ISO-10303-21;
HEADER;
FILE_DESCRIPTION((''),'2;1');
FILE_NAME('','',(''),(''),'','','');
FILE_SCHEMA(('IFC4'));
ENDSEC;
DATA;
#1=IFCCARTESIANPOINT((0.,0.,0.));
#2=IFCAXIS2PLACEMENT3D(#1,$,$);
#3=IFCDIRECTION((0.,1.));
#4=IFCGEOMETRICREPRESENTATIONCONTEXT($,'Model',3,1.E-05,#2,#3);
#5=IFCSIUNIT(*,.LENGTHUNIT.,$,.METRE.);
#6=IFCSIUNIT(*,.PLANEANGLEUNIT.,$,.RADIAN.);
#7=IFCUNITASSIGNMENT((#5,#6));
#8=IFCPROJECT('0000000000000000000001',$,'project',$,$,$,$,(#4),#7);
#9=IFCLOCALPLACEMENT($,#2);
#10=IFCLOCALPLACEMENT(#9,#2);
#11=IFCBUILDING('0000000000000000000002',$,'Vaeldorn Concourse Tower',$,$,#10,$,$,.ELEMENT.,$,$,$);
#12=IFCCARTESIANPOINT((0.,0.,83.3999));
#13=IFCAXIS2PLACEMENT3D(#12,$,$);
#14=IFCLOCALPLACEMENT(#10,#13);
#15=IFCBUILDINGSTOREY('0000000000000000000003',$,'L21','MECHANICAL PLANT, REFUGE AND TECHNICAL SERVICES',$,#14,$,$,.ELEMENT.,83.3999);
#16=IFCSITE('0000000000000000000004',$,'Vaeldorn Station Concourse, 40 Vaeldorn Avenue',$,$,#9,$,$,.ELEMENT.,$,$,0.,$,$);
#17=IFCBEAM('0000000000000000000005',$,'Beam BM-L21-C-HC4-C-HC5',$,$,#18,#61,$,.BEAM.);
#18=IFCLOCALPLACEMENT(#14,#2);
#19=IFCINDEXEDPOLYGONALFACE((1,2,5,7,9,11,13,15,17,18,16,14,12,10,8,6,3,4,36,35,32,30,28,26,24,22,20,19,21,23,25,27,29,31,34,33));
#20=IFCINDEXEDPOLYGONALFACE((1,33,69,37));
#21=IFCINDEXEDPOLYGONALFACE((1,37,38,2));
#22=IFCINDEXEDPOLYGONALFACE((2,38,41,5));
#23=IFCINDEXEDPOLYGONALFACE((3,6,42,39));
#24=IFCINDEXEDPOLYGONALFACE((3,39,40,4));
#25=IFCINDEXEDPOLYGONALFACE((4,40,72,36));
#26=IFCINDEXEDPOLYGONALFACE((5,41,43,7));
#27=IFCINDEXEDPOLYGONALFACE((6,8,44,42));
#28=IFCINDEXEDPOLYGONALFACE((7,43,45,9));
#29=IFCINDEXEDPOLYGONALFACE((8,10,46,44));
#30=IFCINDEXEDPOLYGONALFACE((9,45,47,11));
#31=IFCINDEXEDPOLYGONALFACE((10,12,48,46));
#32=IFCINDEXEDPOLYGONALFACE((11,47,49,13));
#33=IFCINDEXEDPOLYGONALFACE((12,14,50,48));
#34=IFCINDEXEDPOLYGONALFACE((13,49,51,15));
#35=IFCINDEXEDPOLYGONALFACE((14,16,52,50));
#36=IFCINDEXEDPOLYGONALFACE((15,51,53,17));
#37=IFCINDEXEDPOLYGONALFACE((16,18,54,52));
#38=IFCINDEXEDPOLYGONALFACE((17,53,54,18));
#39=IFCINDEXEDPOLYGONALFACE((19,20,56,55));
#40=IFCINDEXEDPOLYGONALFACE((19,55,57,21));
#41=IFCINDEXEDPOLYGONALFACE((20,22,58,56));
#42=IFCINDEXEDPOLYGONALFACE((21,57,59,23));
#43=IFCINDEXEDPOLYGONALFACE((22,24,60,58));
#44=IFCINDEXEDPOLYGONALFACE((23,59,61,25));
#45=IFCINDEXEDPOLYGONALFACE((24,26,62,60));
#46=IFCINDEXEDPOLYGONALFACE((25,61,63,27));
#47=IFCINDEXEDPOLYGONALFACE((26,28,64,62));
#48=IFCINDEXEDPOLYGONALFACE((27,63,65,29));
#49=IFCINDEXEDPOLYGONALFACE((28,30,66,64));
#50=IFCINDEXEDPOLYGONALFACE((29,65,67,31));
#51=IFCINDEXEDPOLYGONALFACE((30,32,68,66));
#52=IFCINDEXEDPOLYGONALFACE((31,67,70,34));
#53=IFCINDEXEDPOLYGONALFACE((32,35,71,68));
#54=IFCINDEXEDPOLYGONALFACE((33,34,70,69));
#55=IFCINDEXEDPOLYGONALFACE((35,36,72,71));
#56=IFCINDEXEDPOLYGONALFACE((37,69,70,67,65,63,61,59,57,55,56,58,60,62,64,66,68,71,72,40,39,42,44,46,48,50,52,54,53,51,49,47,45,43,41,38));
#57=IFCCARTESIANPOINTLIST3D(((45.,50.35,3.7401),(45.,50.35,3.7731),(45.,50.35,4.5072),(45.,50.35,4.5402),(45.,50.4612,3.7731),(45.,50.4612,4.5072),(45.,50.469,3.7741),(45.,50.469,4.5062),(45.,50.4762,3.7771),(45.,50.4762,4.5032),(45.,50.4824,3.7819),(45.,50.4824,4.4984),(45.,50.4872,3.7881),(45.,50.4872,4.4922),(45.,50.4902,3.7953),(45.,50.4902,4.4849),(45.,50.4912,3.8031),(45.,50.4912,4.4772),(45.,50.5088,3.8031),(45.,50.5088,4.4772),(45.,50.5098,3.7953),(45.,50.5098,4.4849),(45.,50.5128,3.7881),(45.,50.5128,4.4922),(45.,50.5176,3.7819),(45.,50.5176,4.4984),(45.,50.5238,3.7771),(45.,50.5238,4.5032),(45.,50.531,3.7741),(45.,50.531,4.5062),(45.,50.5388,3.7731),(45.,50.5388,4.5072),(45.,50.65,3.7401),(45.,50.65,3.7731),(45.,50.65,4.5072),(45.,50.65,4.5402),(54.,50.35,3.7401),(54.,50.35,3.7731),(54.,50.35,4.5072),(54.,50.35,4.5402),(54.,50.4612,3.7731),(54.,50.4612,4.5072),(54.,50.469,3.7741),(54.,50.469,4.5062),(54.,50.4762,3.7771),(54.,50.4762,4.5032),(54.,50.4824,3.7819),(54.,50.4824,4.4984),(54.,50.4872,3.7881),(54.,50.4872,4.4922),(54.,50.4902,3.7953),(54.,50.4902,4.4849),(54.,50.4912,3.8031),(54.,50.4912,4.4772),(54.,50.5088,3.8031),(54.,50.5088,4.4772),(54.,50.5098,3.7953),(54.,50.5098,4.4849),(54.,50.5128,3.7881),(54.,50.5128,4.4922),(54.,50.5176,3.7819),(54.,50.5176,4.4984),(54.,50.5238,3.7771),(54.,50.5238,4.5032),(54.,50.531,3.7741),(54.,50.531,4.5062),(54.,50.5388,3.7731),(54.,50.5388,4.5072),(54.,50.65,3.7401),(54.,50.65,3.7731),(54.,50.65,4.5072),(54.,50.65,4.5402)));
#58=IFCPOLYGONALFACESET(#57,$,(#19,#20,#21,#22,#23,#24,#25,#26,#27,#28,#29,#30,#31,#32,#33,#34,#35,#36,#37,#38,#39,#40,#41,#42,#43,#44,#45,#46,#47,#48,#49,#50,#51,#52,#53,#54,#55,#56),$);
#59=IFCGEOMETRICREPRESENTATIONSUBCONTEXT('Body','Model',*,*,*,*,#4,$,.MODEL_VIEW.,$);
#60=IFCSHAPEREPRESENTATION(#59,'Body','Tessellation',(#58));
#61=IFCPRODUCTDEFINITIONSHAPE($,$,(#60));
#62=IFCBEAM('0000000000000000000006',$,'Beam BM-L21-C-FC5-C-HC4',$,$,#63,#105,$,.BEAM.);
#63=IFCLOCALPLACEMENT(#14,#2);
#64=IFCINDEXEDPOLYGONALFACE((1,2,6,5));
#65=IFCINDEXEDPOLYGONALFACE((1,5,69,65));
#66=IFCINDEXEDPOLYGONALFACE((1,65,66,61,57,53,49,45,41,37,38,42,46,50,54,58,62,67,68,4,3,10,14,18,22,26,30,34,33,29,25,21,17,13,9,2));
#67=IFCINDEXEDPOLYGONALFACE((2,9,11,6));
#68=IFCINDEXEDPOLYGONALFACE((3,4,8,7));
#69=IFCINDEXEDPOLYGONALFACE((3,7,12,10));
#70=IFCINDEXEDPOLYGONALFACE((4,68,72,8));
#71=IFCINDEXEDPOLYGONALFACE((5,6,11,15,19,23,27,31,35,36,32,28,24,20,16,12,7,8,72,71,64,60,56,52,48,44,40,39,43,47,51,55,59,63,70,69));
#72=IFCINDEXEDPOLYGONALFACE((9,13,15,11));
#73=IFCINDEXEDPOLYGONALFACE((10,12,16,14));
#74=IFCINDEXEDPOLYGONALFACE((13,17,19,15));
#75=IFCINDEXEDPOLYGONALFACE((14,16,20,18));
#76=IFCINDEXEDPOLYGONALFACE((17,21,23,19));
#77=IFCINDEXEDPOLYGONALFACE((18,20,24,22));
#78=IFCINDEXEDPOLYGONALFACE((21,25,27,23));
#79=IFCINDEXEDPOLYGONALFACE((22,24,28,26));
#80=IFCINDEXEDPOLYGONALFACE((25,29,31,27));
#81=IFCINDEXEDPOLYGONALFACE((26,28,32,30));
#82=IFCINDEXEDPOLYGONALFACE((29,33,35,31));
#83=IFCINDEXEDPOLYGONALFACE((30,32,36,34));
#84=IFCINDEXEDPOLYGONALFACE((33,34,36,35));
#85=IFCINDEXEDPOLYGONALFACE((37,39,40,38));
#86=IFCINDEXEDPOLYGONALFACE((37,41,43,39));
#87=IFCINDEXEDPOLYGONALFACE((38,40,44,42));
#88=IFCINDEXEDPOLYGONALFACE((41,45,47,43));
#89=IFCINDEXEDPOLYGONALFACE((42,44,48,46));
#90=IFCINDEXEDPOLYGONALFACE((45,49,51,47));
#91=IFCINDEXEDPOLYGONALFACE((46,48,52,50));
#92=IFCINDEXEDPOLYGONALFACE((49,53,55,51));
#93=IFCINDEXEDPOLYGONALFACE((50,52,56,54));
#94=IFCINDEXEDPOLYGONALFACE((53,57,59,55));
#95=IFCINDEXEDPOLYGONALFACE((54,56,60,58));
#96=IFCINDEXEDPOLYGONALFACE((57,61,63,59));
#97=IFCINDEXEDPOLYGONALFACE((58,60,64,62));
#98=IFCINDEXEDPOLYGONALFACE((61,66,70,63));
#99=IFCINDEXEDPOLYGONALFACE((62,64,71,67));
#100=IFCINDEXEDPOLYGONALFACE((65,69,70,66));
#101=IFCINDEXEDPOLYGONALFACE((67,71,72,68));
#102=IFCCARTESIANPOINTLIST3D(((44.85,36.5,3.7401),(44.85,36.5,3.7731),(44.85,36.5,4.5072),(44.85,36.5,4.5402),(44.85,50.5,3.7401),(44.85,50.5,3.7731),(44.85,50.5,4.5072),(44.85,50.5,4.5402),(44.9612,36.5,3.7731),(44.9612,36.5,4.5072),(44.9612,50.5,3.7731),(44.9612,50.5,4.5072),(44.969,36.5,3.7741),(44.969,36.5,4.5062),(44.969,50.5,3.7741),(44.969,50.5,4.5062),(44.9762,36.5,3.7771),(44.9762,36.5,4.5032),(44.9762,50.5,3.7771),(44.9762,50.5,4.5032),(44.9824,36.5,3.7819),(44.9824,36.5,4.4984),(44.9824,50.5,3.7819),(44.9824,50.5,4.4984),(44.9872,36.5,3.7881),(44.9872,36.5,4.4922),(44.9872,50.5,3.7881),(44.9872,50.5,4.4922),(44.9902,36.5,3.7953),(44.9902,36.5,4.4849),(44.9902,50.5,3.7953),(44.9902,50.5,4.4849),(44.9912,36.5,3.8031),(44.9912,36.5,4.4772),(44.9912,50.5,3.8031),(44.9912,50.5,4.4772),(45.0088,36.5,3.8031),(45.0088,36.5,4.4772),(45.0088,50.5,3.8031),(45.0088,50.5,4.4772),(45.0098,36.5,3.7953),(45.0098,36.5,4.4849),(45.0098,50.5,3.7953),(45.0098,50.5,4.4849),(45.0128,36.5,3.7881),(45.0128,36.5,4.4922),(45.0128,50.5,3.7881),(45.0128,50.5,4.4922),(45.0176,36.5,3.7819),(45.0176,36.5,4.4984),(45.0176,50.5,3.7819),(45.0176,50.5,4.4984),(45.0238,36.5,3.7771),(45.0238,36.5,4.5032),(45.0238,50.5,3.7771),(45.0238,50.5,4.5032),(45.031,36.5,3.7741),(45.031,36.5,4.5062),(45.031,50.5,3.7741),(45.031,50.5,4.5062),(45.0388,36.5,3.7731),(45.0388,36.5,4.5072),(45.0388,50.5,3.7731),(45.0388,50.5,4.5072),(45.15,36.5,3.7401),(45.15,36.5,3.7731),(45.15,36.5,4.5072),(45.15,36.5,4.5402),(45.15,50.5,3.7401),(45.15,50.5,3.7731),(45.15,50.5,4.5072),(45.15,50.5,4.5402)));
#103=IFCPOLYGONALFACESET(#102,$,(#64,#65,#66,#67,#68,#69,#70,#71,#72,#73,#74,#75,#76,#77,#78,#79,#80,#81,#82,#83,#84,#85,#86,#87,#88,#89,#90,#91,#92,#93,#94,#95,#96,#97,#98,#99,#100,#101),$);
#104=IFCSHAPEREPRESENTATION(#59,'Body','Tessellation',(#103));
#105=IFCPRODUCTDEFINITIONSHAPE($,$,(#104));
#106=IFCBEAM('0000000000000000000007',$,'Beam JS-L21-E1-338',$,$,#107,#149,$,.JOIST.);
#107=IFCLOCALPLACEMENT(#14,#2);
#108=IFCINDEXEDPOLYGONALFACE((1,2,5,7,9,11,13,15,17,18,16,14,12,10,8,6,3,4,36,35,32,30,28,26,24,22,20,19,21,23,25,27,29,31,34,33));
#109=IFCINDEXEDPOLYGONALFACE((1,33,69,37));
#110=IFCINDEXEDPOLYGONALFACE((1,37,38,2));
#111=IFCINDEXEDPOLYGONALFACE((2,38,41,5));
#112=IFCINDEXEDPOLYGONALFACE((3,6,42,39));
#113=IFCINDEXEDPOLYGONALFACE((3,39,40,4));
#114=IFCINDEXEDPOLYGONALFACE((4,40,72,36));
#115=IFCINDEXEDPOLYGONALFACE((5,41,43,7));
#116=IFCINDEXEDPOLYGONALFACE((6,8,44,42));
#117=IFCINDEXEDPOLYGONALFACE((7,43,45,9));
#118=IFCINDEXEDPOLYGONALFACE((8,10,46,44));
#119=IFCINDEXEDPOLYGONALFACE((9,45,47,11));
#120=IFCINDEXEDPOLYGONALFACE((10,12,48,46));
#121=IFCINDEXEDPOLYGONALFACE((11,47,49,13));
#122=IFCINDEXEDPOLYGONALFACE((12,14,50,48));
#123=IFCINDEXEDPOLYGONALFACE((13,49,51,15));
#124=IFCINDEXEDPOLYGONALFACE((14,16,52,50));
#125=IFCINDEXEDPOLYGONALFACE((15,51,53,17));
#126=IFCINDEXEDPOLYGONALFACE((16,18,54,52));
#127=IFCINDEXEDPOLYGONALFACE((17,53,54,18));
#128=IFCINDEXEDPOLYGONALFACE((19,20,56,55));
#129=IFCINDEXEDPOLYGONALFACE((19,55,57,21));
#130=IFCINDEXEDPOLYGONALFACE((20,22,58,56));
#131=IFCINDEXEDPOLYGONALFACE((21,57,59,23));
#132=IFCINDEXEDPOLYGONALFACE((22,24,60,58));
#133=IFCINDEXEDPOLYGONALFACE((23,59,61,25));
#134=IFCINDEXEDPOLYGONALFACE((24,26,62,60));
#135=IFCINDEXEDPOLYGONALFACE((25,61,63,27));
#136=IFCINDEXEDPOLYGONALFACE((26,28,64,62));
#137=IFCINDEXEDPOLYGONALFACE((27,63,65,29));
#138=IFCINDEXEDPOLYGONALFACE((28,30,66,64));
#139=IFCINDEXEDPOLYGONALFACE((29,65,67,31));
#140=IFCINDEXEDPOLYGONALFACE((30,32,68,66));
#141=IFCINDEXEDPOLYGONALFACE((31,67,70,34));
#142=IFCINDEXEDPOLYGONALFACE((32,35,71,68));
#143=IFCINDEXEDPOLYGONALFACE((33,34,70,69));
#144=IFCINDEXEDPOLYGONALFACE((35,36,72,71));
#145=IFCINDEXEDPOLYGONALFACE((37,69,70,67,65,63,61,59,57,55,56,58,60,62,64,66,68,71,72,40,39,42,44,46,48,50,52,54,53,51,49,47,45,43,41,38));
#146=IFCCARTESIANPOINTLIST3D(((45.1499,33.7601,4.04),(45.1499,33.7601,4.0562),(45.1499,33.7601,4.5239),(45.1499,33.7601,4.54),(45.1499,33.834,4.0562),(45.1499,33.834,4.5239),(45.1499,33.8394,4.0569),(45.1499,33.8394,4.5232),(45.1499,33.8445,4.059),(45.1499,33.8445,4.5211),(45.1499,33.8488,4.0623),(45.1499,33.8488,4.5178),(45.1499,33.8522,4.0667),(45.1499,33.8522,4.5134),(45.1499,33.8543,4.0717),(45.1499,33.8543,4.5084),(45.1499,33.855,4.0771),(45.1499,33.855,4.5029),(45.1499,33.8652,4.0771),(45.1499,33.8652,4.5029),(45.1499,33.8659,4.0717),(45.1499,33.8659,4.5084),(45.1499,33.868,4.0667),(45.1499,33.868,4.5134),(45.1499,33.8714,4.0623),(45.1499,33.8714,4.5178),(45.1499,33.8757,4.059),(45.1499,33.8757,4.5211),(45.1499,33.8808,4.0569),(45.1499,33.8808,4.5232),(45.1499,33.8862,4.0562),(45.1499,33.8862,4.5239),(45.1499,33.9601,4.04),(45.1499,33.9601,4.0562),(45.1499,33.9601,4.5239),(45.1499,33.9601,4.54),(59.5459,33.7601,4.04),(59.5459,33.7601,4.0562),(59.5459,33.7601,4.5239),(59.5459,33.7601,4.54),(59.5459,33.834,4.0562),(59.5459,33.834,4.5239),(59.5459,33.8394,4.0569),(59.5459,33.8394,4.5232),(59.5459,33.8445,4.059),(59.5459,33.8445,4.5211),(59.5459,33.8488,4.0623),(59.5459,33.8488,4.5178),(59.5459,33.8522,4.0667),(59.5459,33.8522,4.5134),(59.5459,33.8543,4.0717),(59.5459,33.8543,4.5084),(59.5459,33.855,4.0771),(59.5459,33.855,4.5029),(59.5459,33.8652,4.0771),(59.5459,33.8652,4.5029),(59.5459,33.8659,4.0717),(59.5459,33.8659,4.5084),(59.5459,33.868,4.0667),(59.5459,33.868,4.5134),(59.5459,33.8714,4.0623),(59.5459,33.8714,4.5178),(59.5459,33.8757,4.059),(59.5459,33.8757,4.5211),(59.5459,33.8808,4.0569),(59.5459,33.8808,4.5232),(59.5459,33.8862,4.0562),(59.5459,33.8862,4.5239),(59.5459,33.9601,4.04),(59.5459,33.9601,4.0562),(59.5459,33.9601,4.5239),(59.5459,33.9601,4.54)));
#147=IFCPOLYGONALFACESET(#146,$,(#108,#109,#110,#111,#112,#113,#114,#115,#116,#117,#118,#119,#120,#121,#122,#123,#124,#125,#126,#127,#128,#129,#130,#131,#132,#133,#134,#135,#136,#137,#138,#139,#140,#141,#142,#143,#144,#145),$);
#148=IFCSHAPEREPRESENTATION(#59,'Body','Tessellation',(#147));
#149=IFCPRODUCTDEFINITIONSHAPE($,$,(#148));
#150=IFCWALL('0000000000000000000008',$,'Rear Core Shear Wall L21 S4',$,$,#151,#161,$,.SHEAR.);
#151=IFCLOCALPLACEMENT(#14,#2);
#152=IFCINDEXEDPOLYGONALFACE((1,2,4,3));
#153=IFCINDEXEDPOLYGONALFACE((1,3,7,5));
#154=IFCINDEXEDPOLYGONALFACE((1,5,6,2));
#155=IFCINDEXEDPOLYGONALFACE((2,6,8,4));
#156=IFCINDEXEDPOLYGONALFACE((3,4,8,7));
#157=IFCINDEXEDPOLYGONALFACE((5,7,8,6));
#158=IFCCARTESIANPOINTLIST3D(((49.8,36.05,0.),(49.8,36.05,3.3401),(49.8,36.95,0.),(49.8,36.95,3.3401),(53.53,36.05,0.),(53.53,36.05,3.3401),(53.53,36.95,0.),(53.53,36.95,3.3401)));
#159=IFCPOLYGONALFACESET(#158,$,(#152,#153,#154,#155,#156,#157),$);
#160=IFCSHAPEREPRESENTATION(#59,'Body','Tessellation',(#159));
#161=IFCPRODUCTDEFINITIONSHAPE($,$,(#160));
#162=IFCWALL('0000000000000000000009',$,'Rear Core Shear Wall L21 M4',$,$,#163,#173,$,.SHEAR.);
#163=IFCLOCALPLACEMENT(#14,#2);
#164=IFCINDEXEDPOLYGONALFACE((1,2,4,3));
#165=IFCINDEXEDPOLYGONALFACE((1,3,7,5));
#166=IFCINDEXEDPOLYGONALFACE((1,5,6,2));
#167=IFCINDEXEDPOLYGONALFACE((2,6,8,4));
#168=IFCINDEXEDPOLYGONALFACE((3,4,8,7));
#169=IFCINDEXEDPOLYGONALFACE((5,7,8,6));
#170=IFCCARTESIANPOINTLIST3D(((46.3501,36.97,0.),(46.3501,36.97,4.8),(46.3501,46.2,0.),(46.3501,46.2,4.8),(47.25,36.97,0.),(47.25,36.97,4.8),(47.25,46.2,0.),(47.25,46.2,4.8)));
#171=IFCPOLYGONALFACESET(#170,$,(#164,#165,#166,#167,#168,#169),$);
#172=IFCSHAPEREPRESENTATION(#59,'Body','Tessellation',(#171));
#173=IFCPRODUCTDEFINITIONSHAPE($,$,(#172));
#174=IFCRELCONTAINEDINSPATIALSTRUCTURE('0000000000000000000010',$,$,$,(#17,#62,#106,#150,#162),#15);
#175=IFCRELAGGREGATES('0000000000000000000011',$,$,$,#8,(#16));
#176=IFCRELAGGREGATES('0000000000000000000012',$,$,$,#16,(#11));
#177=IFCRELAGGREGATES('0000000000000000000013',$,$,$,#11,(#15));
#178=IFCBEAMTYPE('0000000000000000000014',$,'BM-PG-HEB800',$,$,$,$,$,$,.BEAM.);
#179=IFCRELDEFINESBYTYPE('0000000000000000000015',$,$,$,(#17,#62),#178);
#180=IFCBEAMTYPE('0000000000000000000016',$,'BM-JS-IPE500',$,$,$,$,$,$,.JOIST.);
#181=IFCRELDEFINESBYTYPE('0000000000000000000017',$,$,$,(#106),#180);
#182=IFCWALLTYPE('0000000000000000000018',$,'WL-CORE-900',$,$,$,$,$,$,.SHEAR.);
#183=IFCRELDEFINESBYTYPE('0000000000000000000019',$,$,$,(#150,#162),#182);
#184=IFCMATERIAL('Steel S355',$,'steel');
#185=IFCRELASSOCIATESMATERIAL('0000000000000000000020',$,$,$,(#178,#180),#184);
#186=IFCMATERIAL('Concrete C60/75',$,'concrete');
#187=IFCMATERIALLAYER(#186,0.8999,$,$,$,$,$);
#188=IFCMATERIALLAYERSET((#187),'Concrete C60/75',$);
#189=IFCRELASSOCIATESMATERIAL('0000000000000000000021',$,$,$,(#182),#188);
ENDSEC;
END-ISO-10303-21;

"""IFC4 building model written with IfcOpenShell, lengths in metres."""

from ifc_helpers import new_model, si_unit, direction, frame, frame_2d, origin, origin_2d, place, context, subcontext, project, spatial, rectangle, i_section, extrude, source, transform, mapped, material, layer, layer_set, material_profile, profile_set, type_object, element, save


model = new_model("IFC4")

# Units and contexts
model_context = context("Model", 3, precision=1e-05, world=origin(), true_north=direction((0.0, 1.0)))
body_context = subcontext(model_context, "Body", "Model", "MODEL_VIEW")
ifc_project = project(units=[si_unit("LENGTHUNIT", "METRE"), si_unit("PLANEANGLEUNIT", "RADIAN")], contexts=[model_context])

# Site, building, storey
site_placement = place(None, origin())
site = spatial("IfcSite", under=ifc_project, at=site_placement, Name="Vaeldorn Station Concourse, 40 Vaeldorn Avenue", CompositionType="ELEMENT", RefElevation=0.0)
building_placement = place(site_placement, origin())
building = spatial("IfcBuilding", under=site, at=building_placement, Name="Vaeldorn Concourse Tower", CompositionType="ELEMENT")
storey_placement = place(building_placement, frame((0.0, 0.0, 83.3999)))
storey = spatial("IfcBuildingStorey", under=building, at=storey_placement, Name="L21", Description="MECHANICAL PLANT, REFUGE AND TECHNICAL SERVICES", CompositionType="ELEMENT", Elevation=83.3999)

# Beams
ifc_material_1 = material(Name="Concrete C60/75", Category="concrete")
ifc_material_2 = material(Name="Steel S355", Category="steel")
ifc_material_profile_1 = material_profile(ifc_material_2, i_section(OverallWidth=0.3, OverallDepth=0.8, WebThickness=0.0176, FlangeThickness=0.033, FilletRadius=0.03, at=origin_2d()), Name="HEB 800")
ifc_profile_set_1 = profile_set([ifc_material_profile_1], Name="Steel S355")
beam_type_1 = type_object("IfcBeamType", Name="BM-PG-HEB800", PredefinedType="BEAM", material=ifc_profile_set_1)
shared_shape_1 = source(origin(), body_context, "Body", "SweptSolid", [
    extrude(i_section(OverallWidth=0.3, OverallDepth=0.8, WebThickness=0.0176, FlangeThickness=0.033, FilletRadius=0.03, at=origin_2d()), origin(), (0.0, 0.0, 1.0), 9.0),
])
beam_1_placement = place(storey_placement, frame((45.0, 50.5, 4.1401), z_axis=(1.0, 0.0, 0.0), x_axis=(0.0, 1.0, 0.0)))
element("IfcBeam", 1, at=beam_1_placement, inside=storey, type_object=beam_type_1, Name="Beam BM-L21-C-HC4-C-HC5", PredefinedType="BEAM", context=body_context, shape_type="MappedRepresentation", body=[
    mapped(shared_shape_1, transform((0.0, 0.0, 0.0), scale=1.0)),
])
shared_shape_2 = source(origin(), body_context, "Body", "SweptSolid", [
    extrude(i_section(OverallWidth=0.3, OverallDepth=0.8, WebThickness=0.0176, FlangeThickness=0.033, FilletRadius=0.03, at=origin_2d()), origin(), (0.0, 0.0, 1.0), 14.0),
])
beam_2_placement = place(storey_placement, frame((45.0, 36.5, 4.1401), z_axis=(0.0, 1.0, 0.0), x_axis=(-1.0, 0.0, 0.0)))
element("IfcBeam", 2, at=beam_2_placement, inside=storey, type_object=beam_type_1, Name="Beam BM-L21-C-FC5-C-HC4", PredefinedType="BEAM", context=body_context, shape_type="MappedRepresentation", body=[
    mapped(shared_shape_2, transform((0.0, 0.0, 0.0), scale=1.0)),
])
ifc_material_profile_2 = material_profile(ifc_material_2, i_section(OverallWidth=0.2, OverallDepth=0.5, WebThickness=0.0103, FlangeThickness=0.0161, FilletRadius=0.021, at=origin_2d()), Name="IPE 500")
ifc_profile_set_2 = profile_set([ifc_material_profile_2], Name="Steel S355")
beam_type_2 = type_object("IfcBeamType", Name="BM-JS-IPE500", PredefinedType="JOIST", material=ifc_profile_set_2)
shared_shape_3 = source(origin(), body_context, "Body", "SweptSolid", [
    extrude(i_section(OverallWidth=0.2, OverallDepth=0.5, WebThickness=0.0103, FlangeThickness=0.0161, FilletRadius=0.021, at=origin_2d()), origin(), (0.0, 0.0, 1.0), 14.396),
])
beam_3_placement = place(storey_placement, frame((45.1499, 33.8601, 4.29), z_axis=(1.0, 0.0, 0.0), x_axis=(0.0, 1.0, 0.0)))
element("IfcBeam", 3, at=beam_3_placement, inside=storey, type_object=beam_type_2, Name="Beam JS-L21-E1-338", PredefinedType="JOIST", context=body_context, shape_type="MappedRepresentation", body=[
    mapped(shared_shape_3, transform((0.0, 0.0, 0.0), scale=1.0)),
])

# Walls
ifc_layer_1 = layer(ifc_material_1, 0.8999)
ifc_layer_set_1 = layer_set([ifc_layer_1], Name="Concrete C60/75")
wall_type_1 = type_object("IfcWallType", Name="WL-CORE-900", PredefinedType="SHEAR", material=ifc_layer_set_1)
wall_1_placement = place(storey_placement, frame((49.8, 36.5, 0.0), z_axis=(0.0, 0.0, 1.0), x_axis=(1.0, 0.0, 0.0)))
element("IfcWall", 4, at=wall_1_placement, inside=storey, type_object=wall_type_1, Name="Rear Core Shear Wall L21 S4", PredefinedType="SHEAR", context=body_context, shape_type="SweptSolid", body=[
    extrude(rectangle(XDim=3.73, YDim=0.8999, at=frame_2d((1.865, 0.0))), origin(), (0.0, 0.0, 1.0), 3.3401),
])
wall_2_placement = place(storey_placement, frame((46.8, 36.97, 0.0), z_axis=(0.0, 0.0, 1.0), x_axis=(0.0, 1.0, 0.0)))
element("IfcWall", 5, at=wall_2_placement, inside=storey, type_object=wall_type_1, Name="Rear Core Shear Wall L21 M4", PredefinedType="SHEAR", context=body_context, shape_type="SweptSolid", body=[
    extrude(rectangle(XDim=9.23, YDim=0.8999, at=frame_2d((4.615, 0.0))), origin(), (0.0, 0.0, 1.0), 4.8),
])

save(model, "model.ifc")
